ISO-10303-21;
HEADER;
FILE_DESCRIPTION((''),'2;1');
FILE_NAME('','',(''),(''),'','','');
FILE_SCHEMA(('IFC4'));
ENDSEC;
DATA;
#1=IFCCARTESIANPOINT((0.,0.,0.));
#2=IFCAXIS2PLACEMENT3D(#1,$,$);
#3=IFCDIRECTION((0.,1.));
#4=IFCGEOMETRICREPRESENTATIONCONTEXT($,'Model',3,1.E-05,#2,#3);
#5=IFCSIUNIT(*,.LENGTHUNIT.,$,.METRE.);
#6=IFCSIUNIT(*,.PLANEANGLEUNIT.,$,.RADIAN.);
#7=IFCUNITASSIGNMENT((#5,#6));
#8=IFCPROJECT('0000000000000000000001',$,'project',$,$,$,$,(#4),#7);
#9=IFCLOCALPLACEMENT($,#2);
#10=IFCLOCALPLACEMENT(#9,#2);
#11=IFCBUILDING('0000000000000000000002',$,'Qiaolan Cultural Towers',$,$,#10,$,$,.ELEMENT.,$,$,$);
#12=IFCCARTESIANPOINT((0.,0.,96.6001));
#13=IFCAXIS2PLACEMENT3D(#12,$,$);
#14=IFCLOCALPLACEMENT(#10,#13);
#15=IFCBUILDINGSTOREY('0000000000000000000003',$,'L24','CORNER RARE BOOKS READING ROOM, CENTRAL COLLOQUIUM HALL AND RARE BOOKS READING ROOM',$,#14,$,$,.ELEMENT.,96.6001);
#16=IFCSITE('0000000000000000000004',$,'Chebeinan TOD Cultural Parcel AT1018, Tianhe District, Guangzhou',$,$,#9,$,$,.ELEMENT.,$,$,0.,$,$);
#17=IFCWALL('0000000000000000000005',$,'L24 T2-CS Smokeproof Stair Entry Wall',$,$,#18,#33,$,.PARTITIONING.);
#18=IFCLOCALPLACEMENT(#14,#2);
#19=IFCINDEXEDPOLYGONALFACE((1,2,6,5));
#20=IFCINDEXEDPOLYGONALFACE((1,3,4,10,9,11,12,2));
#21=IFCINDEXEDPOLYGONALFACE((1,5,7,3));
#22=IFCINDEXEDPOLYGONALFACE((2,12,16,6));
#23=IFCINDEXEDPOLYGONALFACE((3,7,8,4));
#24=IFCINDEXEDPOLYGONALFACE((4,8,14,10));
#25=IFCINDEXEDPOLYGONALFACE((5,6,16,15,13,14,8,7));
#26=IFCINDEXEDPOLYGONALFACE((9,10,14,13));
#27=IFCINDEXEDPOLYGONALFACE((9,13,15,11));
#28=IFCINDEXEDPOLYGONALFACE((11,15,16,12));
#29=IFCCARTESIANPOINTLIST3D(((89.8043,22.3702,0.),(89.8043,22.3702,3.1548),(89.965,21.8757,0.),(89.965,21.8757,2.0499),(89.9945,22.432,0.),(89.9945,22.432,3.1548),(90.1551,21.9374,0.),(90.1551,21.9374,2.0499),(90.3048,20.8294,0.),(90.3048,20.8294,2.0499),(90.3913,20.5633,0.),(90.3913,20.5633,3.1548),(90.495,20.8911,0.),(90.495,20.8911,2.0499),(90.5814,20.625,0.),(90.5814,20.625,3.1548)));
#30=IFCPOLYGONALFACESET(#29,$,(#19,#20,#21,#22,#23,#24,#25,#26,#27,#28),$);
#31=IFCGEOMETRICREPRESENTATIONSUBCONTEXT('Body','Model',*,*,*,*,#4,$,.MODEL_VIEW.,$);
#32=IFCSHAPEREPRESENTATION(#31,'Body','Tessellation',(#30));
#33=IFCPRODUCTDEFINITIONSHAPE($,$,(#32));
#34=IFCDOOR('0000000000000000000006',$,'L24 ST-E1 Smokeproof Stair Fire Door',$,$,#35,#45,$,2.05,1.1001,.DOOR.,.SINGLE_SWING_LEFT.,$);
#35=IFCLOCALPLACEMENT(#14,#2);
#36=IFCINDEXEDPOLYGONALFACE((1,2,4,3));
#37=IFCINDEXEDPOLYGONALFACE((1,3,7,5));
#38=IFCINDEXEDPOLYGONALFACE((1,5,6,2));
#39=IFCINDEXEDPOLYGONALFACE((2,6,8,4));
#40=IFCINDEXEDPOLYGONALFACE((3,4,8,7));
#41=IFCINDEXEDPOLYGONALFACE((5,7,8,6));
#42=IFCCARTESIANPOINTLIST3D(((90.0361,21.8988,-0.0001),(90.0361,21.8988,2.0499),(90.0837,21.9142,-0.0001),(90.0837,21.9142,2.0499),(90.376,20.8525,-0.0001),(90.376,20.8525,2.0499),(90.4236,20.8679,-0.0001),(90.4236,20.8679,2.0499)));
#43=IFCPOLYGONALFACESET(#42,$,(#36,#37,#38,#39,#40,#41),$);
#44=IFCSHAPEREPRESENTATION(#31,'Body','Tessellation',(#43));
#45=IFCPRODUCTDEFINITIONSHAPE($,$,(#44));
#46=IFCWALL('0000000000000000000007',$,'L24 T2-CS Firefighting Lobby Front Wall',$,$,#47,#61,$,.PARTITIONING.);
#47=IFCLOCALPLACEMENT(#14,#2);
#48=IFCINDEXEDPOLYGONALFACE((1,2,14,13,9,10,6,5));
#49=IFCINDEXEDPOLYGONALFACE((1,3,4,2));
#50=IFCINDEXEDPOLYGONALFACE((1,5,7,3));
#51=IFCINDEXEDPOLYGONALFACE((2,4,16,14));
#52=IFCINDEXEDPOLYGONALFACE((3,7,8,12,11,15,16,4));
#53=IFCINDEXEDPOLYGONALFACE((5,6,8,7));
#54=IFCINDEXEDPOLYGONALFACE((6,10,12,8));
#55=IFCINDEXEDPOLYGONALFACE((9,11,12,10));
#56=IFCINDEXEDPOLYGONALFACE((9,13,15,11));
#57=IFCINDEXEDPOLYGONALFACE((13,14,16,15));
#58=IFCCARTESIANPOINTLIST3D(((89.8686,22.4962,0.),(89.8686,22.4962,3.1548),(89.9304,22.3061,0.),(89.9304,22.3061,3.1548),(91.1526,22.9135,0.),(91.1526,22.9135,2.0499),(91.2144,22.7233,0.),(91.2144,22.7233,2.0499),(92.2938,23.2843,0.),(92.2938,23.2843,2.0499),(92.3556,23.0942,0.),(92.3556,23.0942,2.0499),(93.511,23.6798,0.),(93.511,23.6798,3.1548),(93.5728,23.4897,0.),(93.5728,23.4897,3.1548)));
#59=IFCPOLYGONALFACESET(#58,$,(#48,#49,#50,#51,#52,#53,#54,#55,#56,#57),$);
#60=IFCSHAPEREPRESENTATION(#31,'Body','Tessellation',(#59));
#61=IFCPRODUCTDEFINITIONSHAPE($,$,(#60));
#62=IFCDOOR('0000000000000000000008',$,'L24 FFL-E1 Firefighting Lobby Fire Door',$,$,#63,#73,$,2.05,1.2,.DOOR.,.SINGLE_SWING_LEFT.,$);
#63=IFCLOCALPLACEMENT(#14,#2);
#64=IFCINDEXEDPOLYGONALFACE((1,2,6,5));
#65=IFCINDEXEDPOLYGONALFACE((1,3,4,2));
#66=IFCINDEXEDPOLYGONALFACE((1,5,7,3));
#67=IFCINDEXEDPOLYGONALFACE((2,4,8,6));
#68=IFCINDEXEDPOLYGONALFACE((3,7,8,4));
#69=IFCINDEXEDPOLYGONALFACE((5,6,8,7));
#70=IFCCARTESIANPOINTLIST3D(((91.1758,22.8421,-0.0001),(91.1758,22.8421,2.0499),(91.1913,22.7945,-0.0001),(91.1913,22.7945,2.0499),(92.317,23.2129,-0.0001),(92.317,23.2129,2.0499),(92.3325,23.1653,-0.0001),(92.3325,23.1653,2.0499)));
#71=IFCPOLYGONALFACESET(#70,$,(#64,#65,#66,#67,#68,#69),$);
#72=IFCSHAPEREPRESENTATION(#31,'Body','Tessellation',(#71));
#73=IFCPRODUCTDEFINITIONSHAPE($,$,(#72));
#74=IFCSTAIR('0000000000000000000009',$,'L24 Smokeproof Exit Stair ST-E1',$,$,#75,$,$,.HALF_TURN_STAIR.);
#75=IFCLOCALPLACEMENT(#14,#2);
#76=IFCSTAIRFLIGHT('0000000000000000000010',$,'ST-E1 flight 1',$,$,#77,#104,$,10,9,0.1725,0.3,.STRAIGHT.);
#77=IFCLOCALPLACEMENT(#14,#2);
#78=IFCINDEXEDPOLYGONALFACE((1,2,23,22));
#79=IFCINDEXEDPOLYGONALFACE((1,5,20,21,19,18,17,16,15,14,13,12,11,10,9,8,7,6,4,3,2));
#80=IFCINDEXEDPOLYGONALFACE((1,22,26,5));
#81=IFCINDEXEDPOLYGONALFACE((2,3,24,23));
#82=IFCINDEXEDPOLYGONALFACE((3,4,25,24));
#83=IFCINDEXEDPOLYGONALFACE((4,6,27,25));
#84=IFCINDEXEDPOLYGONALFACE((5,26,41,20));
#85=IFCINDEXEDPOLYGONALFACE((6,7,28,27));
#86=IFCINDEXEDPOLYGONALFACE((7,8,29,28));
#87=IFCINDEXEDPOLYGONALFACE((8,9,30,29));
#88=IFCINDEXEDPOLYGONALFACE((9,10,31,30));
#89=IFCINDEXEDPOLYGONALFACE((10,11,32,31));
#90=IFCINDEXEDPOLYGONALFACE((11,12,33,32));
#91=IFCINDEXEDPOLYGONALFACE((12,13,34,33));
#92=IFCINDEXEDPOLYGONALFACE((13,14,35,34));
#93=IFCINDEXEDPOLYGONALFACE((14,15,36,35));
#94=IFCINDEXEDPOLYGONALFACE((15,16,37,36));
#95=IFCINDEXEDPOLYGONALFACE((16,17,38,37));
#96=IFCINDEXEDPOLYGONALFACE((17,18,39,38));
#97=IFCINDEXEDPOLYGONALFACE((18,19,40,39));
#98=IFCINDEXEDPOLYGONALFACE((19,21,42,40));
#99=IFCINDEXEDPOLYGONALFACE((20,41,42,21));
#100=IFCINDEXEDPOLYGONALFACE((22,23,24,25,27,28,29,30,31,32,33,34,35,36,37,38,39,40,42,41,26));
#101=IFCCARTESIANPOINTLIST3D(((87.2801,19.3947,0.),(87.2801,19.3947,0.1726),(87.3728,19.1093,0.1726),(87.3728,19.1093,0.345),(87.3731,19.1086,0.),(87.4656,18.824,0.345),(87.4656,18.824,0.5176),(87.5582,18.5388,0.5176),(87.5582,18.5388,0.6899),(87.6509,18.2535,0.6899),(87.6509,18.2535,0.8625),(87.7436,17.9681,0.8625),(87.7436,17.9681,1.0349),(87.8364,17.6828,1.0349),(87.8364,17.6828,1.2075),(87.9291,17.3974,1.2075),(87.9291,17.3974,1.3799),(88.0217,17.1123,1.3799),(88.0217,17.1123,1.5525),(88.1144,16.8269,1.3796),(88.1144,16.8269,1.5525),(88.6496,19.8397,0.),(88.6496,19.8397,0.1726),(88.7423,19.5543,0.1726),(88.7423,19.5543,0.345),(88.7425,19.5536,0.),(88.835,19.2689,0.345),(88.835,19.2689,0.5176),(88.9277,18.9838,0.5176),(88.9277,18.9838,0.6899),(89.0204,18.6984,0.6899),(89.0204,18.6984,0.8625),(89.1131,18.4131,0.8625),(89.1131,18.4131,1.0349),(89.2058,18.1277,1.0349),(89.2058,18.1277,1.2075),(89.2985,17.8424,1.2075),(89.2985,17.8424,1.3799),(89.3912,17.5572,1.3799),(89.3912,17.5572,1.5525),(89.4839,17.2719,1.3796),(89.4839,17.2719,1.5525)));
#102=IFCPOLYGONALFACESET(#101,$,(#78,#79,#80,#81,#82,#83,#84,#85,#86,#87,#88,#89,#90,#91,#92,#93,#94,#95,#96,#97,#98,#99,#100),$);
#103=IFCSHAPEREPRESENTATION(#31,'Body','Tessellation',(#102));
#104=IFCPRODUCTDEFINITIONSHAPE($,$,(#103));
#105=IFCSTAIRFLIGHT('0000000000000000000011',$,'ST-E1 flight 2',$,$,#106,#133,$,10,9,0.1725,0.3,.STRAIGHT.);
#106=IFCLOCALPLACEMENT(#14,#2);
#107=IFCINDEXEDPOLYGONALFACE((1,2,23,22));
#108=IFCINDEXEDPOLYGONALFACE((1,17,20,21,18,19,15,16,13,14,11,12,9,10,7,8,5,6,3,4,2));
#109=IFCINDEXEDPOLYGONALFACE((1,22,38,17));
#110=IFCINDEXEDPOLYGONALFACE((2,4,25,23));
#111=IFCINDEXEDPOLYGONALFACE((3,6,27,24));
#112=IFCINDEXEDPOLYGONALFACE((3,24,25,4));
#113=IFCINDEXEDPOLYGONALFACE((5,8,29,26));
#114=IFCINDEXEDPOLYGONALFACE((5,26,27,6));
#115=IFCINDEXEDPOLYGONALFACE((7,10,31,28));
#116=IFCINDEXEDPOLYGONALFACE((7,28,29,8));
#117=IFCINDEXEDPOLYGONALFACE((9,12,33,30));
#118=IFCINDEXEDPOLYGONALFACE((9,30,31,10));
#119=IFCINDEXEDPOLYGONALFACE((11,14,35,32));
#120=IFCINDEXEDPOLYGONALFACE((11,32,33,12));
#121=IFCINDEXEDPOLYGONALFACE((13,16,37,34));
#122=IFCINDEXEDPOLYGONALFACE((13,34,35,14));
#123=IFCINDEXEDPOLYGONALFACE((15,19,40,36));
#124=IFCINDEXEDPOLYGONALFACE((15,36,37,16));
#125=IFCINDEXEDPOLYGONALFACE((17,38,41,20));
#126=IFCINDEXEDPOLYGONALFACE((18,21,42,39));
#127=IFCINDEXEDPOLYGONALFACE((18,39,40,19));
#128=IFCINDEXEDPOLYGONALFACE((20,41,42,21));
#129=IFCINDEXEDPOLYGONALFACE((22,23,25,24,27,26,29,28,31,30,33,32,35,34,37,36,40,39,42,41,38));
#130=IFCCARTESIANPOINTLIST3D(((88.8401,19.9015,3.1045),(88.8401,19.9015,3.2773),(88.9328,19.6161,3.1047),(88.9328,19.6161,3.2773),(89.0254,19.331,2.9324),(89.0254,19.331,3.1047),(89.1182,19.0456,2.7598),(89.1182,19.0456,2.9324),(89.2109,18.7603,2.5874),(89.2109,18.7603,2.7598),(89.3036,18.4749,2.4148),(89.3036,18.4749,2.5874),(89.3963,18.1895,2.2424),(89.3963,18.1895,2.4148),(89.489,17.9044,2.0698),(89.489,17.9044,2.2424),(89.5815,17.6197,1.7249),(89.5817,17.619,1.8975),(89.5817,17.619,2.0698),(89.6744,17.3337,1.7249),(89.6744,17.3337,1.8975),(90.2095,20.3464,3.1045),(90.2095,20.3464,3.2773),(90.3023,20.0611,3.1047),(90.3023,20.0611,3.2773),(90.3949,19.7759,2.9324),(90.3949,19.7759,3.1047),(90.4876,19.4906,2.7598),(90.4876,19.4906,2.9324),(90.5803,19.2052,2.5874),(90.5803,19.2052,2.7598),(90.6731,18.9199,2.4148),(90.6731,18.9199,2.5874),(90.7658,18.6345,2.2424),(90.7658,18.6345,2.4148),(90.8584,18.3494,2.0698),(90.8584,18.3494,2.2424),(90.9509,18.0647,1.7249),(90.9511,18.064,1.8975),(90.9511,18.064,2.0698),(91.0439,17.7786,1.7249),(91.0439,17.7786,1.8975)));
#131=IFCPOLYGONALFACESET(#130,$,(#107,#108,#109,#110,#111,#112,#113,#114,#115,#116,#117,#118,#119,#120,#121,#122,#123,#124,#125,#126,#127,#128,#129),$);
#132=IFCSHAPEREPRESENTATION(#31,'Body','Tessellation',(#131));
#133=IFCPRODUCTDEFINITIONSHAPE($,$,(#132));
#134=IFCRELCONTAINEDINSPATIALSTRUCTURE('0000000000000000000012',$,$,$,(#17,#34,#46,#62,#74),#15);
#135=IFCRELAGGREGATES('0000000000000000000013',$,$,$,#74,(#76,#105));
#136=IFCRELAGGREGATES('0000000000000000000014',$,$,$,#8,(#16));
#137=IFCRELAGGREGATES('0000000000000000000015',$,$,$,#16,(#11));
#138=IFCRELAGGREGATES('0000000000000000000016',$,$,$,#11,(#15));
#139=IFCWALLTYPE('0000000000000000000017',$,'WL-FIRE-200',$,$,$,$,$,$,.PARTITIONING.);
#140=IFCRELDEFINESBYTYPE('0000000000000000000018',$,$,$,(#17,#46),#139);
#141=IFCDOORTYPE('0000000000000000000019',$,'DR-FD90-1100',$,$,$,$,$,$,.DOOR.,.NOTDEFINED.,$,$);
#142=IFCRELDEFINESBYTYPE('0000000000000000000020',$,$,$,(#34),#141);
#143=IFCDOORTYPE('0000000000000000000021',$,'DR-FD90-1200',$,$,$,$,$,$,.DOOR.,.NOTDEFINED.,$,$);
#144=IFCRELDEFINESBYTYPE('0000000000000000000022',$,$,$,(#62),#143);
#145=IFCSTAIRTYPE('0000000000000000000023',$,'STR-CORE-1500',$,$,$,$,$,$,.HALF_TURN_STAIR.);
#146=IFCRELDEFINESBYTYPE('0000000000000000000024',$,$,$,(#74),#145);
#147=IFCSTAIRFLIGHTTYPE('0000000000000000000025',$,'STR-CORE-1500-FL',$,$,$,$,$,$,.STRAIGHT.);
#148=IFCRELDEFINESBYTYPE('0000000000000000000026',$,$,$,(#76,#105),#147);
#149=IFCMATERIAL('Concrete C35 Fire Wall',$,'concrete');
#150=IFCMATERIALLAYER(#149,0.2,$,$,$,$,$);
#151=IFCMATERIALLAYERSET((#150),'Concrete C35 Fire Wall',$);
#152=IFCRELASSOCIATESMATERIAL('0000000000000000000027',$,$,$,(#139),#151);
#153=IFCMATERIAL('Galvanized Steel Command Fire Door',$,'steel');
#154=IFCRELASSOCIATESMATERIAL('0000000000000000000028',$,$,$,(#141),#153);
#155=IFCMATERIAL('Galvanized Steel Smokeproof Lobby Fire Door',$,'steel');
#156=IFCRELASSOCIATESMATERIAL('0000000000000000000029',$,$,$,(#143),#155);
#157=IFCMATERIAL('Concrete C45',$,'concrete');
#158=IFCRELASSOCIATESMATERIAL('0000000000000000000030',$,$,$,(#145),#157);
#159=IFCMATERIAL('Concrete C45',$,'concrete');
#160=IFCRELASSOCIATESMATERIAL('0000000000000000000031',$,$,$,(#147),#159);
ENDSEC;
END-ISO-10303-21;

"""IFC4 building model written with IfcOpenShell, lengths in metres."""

from ifc_helpers import new_model, si_unit, direction, frame, frame_2d, origin, place, context, subcontext, project, spatial, polyline, rectangle, outline, extrude, material, layer, layer_set, type_object, element, fill, aggregate, save


model = new_model("IFC4")

# Units and contexts
model_context = context("Model", 3, precision=1e-05, world=origin(), true_north=direction((0.0, 1.0)))
body_context = subcontext(model_context, "Body", "Model", "MODEL_VIEW")
ifc_project = project(units=[si_unit("LENGTHUNIT", "METRE"), si_unit("PLANEANGLEUNIT", "RADIAN")], contexts=[model_context])

# Site, building, storey
site_placement = place(None, origin())
site = spatial("IfcSite", under=ifc_project, at=site_placement, Name="Chebeinan TOD Cultural Parcel AT1018, Tianhe District, Guangzhou", CompositionType="ELEMENT", RefElevation=0.0)
building_placement = place(site_placement, origin())
building = spatial("IfcBuilding", under=site, at=building_placement, Name="Qiaolan Cultural Towers", CompositionType="ELEMENT")
storey_placement = place(building_placement, frame((0.0, 0.0, 96.6001)))
storey = spatial("IfcBuildingStorey", under=building, at=storey_placement, Name="L24", Description="CORNER RARE BOOKS READING ROOM, CENTRAL COLLOQUIUM HALL AND RARE BOOKS READING ROOM", CompositionType="ELEMENT", Elevation=96.6001)

# Walls, openings, doors
ifc_material_1 = material(Name="Concrete C35 Fire Wall", Category="concrete")
ifc_layer_1 = layer(ifc_material_1, 0.2)
ifc_layer_set_1 = layer_set([ifc_layer_1], Name="Concrete C35 Fire Wall")
wall_type_1 = type_object("IfcWallType", Name="WL-FIRE-200", PredefinedType="PARTITIONING", material=ifc_layer_set_1)
wall_1_placement = place(storey_placement, frame((89.8994, 22.4011, 0.0), z_axis=(0.0, 0.0, 1.0), x_axis=(0.308932, -0.951084, 0.0)))
wall_1 = element("IfcWall", 1, at=wall_1_placement, inside=storey, type_object=wall_type_1, Name="L24 T2-CS Smokeproof Stair Entry Wall", PredefinedType="PARTITIONING", context=body_context, shape_type="SweptSolid", body=[
    extrude(rectangle(XDim=1.8999, YDim=0.2, at=frame_2d((0.95, 0.0))), origin(), (0.0, 0.0, 1.0), 3.1548),
])
opening_1_placement = place(wall_1_placement, frame((0.52, 0.0, 0.0)))
opening_1 = element("IfcOpeningElement", 2, at=opening_1_placement, cuts=wall_1, PredefinedType="OPENING", context=body_context, shape_type="SweptSolid", body=[
    extrude(rectangle(XDim=1.1001, YDim=2.05, at=frame_2d((0.55, 1.0249))), frame((0.0, 0.1099, 0.0), z_axis=(0.0, -1.0, 0.0), x_axis=(1.0, 0.0, 0.0)), (0.0, 0.0, 1.0), 0.22),
])
ifc_material_2 = material(Name="Galvanized Steel Command Fire Door", Category="steel")
door_type_1 = type_object("IfcDoorType", Name="DR-FD90-1100", OperationType="NOTDEFINED", PredefinedType="DOOR", material=ifc_material_2)
door_1_placement = place(opening_1_placement, origin())
door_1 = element("IfcDoor", 3, at=door_1_placement, inside=storey, type_object=door_type_1, Name="L24 ST-E1 Smokeproof Stair Fire Door", OperationType="SINGLE_SWING_LEFT", OverallHeight=2.05, OverallWidth=1.1001, PredefinedType="DOOR", context=body_context, shape_type="SweptSolid", body=[
    extrude(rectangle(XDim=1.1001, YDim=2.05, at=frame_2d((0.55, 1.0249))), frame((0.0, 0.0249, 0.0), z_axis=(0.0, -1.0, 0.0), x_axis=(1.0, 0.0, 0.0)), (0.0, 0.0, 1.0), 0.05),
])
fill(opening_1, door_1)
wall_2_placement = place(storey_placement, frame((89.8994, 22.4011, 0.0), z_axis=(0.0, 0.0, 1.0), x_axis=(0.951047, 0.309047, 0.0)))
wall_2 = element("IfcWall", 4, at=wall_2_placement, inside=storey, type_object=wall_type_1, Name="L24 T2-CS Firefighting Lobby Front Wall", PredefinedType="PARTITIONING", context=body_context, shape_type="SweptSolid", body=[
    extrude(rectangle(XDim=3.8298, YDim=0.2, at=frame_2d((1.915, 0.0))), origin(), (0.0, 0.0, 1.0), 3.1548),
])
opening_2_placement = place(wall_2_placement, frame((1.3501, 0.0, 0.0)))
opening_2 = element("IfcOpeningElement", 5, at=opening_2_placement, cuts=wall_2, PredefinedType="OPENING", context=body_context, shape_type="SweptSolid", body=[
    extrude(rectangle(XDim=1.2, YDim=2.05, at=frame_2d((0.6001, 1.0249))), frame((0.0, 0.1099, 0.0), z_axis=(0.0, -1.0, 0.0), x_axis=(1.0, 0.0, 0.0)), (0.0, 0.0, 1.0), 0.22),
])
ifc_material_3 = material(Name="Galvanized Steel Smokeproof Lobby Fire Door", Category="steel")
door_type_2 = type_object("IfcDoorType", Name="DR-FD90-1200", OperationType="NOTDEFINED", PredefinedType="DOOR", material=ifc_material_3)
door_2_placement = place(opening_2_placement, origin())
door_2 = element("IfcDoor", 6, at=door_2_placement, inside=storey, type_object=door_type_2, Name="L24 FFL-E1 Firefighting Lobby Fire Door", OperationType="SINGLE_SWING_LEFT", OverallHeight=2.05, OverallWidth=1.2, PredefinedType="DOOR", context=body_context, shape_type="SweptSolid", body=[
    extrude(rectangle(XDim=1.2, YDim=2.05, at=frame_2d((0.6001, 1.0249))), frame((0.0, 0.0249, 0.0), z_axis=(0.0, -1.0, 0.0), x_axis=(1.0, 0.0, 0.0)), (0.0, 0.0, 1.0), 0.05),
])
fill(opening_2, door_2)

# Stair, stair flights
ifc_material_4 = material(Name="Concrete C45", Category="concrete")
stair_type = type_object("IfcStairType", Name="STR-CORE-1500", PredefinedType="HALF_TURN_STAIR", material=ifc_material_4)
stair_placement = place(storey_placement, origin())
stair = element("IfcStair", 7, at=stair_placement, inside=storey, type_object=stair_type, Name="L24 Smokeproof Exit Stair ST-E1", PredefinedType="HALF_TURN_STAIR")
ifc_material_5 = material(Name="Concrete C45", Category="concrete")
stair_flight_type = type_object("IfcStairFlightType", Name="STR-CORE-1500-FL", PredefinedType="STRAIGHT", material=ifc_material_5)
stair_flight_1_placement = place(storey_placement, frame((87.9648, 19.6172, 0.0), z_axis=(0.0, 0.0, 1.0), x_axis=(0.309017, -0.951057, 0.0)))
stair_flight_1 = element("IfcStairFlight", 8, at=stair_flight_1_placement, type_object=stair_flight_type, Name="ST-E1 flight 1", NumberOfRisers=10, NumberOfTreads=9, PredefinedType="STRAIGHT", RiserHeight=0.1725, TreadLength=0.3, context=body_context, shape_type="SweptSolid", body=[
    extrude(outline(polyline([(0.0, 0.0), (0.0, 0.1726), (0.3, 0.1726), (0.3, 0.345), (0.6001, 0.345), (0.6001, 0.5176), (0.8999, 0.5176), (0.8999, 0.6899), (1.2, 0.6899), (1.2, 0.8625), (1.5, 0.8625), (1.5, 1.0349), (1.8, 1.0349), (1.8, 1.2075), (2.1001, 1.2075), (2.1001, 1.3799), (2.3999, 1.3799), (2.3999, 1.5525), (2.7, 1.5525), (2.7, 1.7251), (2.7, 1.3796), (0.3008, 0.0), (0.0, 0.0)])), frame((0.0, 0.72, 0.0), z_axis=(0.0, -1.0, 0.0), x_axis=(1.0, 0.0, 0.0)), (0.0, 0.0, 1.0), 1.4399),
])
stair_flight_2_placement = place(storey_placement, frame((90.3591, 17.5562, 1.7249), z_axis=(0.0, 0.0, 1.0), x_axis=(-0.309017, 0.951057, 0.0)))
stair_flight_2 = element("IfcStairFlight", 9, at=stair_flight_2_placement, type_object=stair_flight_type, Name="ST-E1 flight 2", NumberOfRisers=10, NumberOfTreads=9, PredefinedType="STRAIGHT", RiserHeight=0.1725, TreadLength=0.3, context=body_context, shape_type="SweptSolid", body=[
    extrude(outline(polyline([(0.0, 0.0), (0.0, 0.1726), (0.3, 0.1726), (0.3, 0.345), (0.6001, 0.345), (0.6001, 0.5176), (0.8999, 0.5176), (0.8999, 0.6899), (1.2, 0.6899), (1.2, 0.8625), (1.5, 0.8625), (1.5, 1.0349), (1.8, 1.0349), (1.8, 1.2075), (2.1001, 1.2075), (2.1001, 1.3799), (2.3999, 1.3799), (2.3999, 1.5525), (2.7, 1.5525), (2.7, 1.7251), (2.7, 1.3796), (0.3008, 0.0), (0.0, 0.0)])), frame((0.0, 0.72, 0.0), z_axis=(0.0, -1.0, 0.0), x_axis=(1.0, 0.0, 0.0)), (0.0, 0.0, 1.0), 1.4399),
])
aggregate(stair, [stair_flight_1, stair_flight_2])

save(model, "model.ifc")
